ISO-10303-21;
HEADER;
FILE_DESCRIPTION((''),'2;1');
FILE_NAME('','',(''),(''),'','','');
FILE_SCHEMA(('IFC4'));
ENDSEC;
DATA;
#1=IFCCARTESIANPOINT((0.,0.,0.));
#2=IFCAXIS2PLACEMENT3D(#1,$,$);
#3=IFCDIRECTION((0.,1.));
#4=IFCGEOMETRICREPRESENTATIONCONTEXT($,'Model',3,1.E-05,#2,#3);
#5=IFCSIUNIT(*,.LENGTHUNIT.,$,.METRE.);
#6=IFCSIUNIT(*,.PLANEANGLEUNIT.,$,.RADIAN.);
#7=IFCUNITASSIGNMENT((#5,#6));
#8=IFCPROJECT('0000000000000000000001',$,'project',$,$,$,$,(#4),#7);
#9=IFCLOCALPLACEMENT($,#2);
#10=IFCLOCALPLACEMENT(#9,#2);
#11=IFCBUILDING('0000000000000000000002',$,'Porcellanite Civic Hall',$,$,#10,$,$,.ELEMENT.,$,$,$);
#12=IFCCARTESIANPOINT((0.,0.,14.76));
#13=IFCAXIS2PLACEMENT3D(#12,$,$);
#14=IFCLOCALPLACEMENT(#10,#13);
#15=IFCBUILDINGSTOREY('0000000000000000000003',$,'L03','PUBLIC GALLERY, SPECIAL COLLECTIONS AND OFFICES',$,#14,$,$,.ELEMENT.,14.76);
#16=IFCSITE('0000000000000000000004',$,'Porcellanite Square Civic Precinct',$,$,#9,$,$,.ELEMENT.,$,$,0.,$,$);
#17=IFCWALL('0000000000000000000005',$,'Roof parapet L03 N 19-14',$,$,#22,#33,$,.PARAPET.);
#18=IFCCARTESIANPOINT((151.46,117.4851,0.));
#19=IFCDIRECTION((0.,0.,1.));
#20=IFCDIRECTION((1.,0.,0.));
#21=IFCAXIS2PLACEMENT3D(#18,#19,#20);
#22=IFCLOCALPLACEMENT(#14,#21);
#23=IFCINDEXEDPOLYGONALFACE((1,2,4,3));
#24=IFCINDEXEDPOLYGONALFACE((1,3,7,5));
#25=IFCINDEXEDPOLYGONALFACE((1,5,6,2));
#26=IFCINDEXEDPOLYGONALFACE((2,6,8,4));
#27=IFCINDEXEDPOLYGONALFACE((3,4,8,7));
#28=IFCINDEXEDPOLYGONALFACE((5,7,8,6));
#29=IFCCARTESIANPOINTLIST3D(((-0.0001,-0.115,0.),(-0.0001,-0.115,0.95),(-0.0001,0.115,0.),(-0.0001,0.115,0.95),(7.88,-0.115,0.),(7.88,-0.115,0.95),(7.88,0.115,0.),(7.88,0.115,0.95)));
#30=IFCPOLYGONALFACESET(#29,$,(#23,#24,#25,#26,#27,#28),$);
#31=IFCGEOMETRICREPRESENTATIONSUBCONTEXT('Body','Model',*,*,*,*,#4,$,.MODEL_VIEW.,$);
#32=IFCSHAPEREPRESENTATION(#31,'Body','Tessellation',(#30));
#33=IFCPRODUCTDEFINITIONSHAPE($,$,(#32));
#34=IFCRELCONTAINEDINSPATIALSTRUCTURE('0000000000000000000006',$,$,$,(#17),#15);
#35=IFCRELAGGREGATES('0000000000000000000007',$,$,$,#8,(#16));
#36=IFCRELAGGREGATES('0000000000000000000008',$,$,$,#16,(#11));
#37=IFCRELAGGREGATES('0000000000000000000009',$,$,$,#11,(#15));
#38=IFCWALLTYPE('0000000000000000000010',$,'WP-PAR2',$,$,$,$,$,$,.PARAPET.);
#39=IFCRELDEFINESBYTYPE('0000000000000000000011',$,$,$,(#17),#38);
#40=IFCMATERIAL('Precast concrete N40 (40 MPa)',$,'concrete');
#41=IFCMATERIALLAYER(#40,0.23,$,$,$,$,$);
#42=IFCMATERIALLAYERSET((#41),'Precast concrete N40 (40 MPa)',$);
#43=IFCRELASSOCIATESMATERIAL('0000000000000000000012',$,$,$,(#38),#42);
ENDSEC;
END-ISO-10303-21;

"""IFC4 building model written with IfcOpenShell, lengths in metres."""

from ifc_helpers import new_model, si_unit, direction, frame, frame_2d, origin, place, context, subcontext, project, spatial, rectangle, extrude, material, layer, layer_set, type_object, element, save


model = new_model("IFC4")

# Units and contexts
model_context = context("Model", 3, precision=1e-05, world=origin(), true_north=direction((0.0, 1.0)))
body_context = subcontext(model_context, "Body", "Model", "MODEL_VIEW")
ifc_project = project(units=[si_unit("LENGTHUNIT", "METRE"), si_unit("PLANEANGLEUNIT", "RADIAN")], contexts=[model_context])

# Site, building, storey
site_placement = place(None, origin())
site = spatial("IfcSite", under=ifc_project, at=site_placement, Name="Porcellanite Square Civic Precinct", CompositionType="ELEMENT", RefElevation=0.0)
building_placement = place(site_placement, origin())
building = spatial("IfcBuilding", under=site, at=building_placement, Name="Porcellanite Civic Hall", CompositionType="ELEMENT")
storey_placement = place(building_placement, frame((0.0, 0.0, 14.76)))
storey = spatial("IfcBuildingStorey", under=building, at=storey_placement, Name="L03", Description="PUBLIC GALLERY, SPECIAL COLLECTIONS AND OFFICES", CompositionType="ELEMENT", Elevation=14.76)

# Wall
ifc_material_1 = material(Name="Precast concrete N40 (40 MPa)", Category="concrete")
ifc_layer_1 = layer(ifc_material_1, 0.23)
ifc_layer_set_1 = layer_set([ifc_layer_1], Name="Precast concrete N40 (40 MPa)")
wall_type = type_object("IfcWallType", Name="WP-PAR2", PredefinedType="PARAPET", material=ifc_layer_set_1)
for number, where, z_axis, x_axis, name in (
    (1, (151.46, 117.4851, 0.0), (0.0, 0.0, 1.0), (1.0, 0.0, 0.0), "Roof parapet L03 N 19-14"),
):
    element("IfcWall", number, at=place(storey_placement, frame(where, z_axis=z_axis, x_axis=x_axis)), inside=storey, type_object=wall_type, Name=name, PredefinedType="PARAPET", context=body_context, shape_type="SweptSolid", body=[
        extrude(rectangle(XDim=7.8801, YDim=0.23, at=frame_2d((3.9399, 0.0))), origin(), (0.0, 0.0, 1.0), 0.95),
    ])

save(model, "model.ifc")
